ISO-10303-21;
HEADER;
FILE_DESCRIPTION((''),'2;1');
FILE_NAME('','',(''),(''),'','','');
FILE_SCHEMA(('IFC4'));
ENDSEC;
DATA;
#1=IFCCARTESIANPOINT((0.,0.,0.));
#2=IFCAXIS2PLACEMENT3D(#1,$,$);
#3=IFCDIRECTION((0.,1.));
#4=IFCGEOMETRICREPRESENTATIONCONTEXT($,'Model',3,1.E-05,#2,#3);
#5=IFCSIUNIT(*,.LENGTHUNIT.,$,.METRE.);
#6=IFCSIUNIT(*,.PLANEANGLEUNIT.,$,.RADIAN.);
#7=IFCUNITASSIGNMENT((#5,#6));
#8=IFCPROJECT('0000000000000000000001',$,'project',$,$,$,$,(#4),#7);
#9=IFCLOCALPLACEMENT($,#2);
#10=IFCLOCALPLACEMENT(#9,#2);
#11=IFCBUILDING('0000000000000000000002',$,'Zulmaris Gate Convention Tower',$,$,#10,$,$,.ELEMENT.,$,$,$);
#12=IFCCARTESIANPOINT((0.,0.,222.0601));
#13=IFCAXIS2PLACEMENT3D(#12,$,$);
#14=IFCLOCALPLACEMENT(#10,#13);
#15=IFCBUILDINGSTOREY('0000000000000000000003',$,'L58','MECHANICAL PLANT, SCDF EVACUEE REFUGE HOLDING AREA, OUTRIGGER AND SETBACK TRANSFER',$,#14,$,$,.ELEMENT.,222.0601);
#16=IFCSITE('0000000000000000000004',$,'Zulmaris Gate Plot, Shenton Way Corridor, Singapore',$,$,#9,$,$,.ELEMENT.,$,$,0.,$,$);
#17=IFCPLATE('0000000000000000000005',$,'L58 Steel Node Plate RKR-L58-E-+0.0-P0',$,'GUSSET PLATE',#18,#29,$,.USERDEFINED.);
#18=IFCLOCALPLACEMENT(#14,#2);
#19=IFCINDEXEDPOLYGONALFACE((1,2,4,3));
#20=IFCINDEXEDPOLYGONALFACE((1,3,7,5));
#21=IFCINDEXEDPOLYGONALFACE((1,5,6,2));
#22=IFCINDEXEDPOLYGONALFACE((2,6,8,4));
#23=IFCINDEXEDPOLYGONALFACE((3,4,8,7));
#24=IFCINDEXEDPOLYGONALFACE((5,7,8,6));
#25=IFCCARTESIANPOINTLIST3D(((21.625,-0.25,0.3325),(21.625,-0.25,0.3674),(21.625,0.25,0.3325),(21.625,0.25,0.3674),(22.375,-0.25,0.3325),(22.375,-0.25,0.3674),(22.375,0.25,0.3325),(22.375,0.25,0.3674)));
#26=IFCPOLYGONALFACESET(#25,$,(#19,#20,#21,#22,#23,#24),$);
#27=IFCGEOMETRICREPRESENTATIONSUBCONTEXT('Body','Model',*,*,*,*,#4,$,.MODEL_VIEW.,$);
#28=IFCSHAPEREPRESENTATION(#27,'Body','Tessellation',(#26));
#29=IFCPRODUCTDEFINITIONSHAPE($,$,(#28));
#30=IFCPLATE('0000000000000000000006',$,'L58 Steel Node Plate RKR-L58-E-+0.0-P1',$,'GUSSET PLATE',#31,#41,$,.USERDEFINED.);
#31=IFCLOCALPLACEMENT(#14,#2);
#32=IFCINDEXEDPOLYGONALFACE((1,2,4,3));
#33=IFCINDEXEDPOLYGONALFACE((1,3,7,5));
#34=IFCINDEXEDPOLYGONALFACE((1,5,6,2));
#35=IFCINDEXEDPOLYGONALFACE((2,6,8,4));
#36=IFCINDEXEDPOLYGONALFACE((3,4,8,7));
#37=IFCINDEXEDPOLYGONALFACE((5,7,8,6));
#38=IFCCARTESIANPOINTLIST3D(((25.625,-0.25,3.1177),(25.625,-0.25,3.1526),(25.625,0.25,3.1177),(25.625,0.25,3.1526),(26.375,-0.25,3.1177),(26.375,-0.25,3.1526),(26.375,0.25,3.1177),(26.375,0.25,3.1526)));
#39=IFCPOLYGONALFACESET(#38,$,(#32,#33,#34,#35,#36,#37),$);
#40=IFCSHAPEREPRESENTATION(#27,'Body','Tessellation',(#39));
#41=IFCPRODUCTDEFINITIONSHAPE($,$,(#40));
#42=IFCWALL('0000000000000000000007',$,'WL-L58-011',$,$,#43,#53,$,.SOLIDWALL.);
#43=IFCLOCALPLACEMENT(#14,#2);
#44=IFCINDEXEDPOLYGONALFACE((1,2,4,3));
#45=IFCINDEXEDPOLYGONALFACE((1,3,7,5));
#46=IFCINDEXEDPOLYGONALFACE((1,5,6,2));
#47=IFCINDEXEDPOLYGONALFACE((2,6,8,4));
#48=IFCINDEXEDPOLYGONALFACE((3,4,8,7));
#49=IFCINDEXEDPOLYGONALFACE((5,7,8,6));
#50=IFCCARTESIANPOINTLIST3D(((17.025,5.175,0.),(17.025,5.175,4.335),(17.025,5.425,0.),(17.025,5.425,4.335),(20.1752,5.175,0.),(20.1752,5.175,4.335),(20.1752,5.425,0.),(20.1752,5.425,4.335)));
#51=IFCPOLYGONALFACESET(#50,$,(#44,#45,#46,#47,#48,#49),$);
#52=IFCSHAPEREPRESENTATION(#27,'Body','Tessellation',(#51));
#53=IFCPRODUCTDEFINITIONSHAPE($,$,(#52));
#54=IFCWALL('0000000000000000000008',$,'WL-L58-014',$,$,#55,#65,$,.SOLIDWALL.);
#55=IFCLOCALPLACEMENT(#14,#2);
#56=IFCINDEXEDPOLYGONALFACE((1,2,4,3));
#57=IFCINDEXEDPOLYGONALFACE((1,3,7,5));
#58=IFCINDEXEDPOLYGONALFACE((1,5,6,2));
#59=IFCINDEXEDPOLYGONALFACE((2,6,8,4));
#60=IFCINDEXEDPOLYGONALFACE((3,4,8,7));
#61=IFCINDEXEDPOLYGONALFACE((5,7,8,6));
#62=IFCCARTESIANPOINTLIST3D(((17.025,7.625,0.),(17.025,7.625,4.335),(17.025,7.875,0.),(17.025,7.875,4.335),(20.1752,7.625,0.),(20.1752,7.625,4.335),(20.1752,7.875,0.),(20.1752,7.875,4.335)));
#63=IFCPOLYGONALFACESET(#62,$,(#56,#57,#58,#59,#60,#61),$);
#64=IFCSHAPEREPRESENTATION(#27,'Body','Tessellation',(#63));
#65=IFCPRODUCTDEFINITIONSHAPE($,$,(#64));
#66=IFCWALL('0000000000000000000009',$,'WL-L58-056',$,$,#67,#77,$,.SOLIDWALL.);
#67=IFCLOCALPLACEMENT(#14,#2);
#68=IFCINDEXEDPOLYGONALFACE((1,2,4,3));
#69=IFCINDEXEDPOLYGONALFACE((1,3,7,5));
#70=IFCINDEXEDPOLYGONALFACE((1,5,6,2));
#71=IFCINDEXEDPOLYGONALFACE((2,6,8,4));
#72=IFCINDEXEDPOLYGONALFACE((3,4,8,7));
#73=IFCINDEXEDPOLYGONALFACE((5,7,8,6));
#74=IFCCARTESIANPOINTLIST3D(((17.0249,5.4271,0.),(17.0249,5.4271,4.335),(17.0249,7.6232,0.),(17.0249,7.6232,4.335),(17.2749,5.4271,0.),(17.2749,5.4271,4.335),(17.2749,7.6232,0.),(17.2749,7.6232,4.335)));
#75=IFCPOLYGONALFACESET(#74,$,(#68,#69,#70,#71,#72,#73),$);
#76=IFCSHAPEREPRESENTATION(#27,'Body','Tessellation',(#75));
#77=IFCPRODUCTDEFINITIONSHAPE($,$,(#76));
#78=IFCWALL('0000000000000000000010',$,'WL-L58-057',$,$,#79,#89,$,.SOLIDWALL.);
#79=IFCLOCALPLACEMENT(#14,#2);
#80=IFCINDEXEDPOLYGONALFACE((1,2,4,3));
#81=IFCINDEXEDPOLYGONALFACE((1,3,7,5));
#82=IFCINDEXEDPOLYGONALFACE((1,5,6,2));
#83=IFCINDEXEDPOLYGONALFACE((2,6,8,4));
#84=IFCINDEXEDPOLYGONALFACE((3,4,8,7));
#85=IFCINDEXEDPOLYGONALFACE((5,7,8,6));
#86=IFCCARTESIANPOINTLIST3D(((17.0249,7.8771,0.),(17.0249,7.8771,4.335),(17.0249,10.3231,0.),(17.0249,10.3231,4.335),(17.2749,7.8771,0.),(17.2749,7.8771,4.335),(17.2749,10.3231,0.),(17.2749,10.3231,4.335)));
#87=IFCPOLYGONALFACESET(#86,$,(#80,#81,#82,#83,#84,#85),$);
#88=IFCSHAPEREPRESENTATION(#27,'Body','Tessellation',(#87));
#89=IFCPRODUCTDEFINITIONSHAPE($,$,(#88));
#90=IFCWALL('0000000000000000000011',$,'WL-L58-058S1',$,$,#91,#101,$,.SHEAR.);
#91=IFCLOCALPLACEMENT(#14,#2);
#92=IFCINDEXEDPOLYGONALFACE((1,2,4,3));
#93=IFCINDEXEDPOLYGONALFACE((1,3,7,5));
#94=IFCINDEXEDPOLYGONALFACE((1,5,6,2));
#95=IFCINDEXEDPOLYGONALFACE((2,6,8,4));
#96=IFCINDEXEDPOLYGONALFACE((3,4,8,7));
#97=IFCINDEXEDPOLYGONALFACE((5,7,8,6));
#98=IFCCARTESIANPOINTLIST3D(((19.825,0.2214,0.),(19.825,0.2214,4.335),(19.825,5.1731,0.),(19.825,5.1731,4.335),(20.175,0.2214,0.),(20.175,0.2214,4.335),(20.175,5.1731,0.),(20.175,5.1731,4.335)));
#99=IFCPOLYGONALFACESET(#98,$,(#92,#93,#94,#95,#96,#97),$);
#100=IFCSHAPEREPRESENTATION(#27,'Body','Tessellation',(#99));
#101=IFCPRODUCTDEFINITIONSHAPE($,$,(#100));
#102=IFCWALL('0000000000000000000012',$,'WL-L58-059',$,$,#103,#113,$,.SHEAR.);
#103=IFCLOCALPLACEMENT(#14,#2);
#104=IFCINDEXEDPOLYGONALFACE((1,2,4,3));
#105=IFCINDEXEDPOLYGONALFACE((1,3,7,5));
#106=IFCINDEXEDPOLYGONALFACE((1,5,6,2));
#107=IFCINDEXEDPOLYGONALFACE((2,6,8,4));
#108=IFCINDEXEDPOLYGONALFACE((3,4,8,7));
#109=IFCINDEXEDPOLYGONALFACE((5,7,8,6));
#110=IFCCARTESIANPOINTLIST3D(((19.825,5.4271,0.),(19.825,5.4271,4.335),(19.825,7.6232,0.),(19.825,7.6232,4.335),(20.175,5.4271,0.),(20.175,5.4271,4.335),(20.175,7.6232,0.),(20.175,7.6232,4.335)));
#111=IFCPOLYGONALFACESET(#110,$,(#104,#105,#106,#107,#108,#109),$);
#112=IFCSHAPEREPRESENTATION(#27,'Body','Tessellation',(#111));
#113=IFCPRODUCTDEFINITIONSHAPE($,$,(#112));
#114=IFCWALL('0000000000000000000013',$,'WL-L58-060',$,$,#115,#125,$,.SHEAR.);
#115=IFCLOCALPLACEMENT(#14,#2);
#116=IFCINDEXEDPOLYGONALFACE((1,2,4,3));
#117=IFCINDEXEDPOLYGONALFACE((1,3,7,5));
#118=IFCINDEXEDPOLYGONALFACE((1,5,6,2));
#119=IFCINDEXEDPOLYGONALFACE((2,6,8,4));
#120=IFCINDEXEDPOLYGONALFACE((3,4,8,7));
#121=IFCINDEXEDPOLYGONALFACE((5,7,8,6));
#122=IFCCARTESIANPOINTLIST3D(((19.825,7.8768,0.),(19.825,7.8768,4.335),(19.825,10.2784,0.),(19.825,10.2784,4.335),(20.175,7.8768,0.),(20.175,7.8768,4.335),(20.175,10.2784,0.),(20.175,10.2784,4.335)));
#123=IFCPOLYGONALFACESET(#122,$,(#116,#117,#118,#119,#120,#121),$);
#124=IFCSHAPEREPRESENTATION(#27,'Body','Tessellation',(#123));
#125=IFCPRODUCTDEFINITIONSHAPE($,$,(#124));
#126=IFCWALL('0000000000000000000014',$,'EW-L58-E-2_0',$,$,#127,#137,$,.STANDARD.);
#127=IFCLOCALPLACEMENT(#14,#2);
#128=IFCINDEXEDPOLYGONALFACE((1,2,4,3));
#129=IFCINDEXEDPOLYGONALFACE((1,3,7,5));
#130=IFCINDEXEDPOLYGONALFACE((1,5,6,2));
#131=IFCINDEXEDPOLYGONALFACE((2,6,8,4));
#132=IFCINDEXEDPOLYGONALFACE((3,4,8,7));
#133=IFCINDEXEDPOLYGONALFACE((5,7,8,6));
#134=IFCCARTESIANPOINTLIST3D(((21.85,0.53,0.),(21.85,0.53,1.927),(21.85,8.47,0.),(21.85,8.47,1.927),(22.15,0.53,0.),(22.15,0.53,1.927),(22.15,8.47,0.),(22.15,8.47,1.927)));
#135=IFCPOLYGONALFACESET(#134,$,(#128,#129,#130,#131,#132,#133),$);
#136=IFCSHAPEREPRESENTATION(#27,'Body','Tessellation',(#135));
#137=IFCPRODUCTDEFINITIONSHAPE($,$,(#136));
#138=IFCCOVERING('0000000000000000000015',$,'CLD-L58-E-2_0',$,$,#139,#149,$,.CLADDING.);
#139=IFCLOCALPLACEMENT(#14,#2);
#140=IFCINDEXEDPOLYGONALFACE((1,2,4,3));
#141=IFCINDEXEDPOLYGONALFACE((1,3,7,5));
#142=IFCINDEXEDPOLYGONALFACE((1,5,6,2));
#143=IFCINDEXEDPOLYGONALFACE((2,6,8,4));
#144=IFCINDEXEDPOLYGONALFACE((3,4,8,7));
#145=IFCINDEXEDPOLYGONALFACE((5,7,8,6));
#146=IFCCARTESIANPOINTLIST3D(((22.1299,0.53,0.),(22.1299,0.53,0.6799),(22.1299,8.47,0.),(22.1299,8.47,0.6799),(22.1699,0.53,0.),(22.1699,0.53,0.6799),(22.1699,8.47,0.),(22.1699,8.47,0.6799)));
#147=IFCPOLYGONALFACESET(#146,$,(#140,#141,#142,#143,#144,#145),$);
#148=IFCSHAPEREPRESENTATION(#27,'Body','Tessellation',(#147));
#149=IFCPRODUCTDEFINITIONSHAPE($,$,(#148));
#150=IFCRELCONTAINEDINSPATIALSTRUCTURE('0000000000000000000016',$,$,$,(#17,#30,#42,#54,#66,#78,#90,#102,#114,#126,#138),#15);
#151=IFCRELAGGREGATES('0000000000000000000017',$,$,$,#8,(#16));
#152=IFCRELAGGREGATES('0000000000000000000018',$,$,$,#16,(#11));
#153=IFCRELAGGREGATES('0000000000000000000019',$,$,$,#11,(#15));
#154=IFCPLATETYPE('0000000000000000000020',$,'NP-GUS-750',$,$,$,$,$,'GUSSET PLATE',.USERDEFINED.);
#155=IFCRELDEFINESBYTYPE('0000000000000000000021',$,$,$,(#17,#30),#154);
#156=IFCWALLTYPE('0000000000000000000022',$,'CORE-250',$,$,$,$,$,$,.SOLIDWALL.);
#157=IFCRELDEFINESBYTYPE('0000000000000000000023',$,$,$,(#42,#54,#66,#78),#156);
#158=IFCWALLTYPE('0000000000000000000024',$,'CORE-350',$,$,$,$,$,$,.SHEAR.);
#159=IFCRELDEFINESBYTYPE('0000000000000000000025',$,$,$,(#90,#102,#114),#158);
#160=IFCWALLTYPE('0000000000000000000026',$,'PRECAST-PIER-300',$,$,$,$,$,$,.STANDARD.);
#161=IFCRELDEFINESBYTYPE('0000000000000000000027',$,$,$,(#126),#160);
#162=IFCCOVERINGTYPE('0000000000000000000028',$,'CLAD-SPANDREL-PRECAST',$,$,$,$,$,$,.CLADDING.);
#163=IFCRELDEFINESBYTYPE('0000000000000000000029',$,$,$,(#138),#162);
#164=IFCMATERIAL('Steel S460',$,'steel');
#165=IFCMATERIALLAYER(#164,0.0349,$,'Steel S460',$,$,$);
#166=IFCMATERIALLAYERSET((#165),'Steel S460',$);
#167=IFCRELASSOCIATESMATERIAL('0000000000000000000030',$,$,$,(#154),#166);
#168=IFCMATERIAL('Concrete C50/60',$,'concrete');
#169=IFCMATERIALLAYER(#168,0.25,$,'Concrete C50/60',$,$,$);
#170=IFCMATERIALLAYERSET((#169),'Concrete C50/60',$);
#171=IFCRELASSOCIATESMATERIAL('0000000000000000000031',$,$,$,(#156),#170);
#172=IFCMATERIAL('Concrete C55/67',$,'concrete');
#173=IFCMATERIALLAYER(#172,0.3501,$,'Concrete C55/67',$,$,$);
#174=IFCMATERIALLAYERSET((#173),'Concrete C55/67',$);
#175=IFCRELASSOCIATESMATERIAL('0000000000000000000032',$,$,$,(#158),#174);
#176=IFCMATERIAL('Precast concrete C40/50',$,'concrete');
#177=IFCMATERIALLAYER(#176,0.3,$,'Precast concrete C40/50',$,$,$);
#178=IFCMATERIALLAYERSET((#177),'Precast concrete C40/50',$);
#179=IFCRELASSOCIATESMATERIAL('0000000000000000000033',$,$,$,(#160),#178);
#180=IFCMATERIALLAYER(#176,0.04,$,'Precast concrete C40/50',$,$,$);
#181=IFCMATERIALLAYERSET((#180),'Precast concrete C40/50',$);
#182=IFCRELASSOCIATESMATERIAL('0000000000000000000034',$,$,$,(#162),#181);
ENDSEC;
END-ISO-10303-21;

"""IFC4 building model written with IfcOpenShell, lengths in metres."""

from ifc_helpers import new_model, si_unit, direction, frame, frame_2d, origin, origin_2d, place, context, subcontext, project, spatial, rectangle, extrude, material, layer, layer_set, type_object, element, save


model = new_model("IFC4")

# Units and contexts
model_context = context("Model", 3, precision=1e-05, world=origin(), true_north=direction((0.0, 1.0)))
body_context = subcontext(model_context, "Body", "Model", "MODEL_VIEW")
ifc_project = project(units=[si_unit("LENGTHUNIT", "METRE"), si_unit("PLANEANGLEUNIT", "RADIAN")], contexts=[model_context])

# Site, building, storey
site_placement = place(None, origin())
site = spatial("IfcSite", under=ifc_project, at=site_placement, Name="Zulmaris Gate Plot, Shenton Way Corridor, Singapore", CompositionType="ELEMENT", RefElevation=0.0)
building_placement = place(site_placement, origin())
building = spatial("IfcBuilding", under=site, at=building_placement, Name="Zulmaris Gate Convention Tower", CompositionType="ELEMENT")
storey_placement = place(building_placement, frame((0.0, 0.0, 222.0601)))
storey = spatial("IfcBuildingStorey", under=building, at=storey_placement, Name="L58", Description="MECHANICAL PLANT, SCDF EVACUEE REFUGE HOLDING AREA, OUTRIGGER AND SETBACK TRANSFER", CompositionType="ELEMENT", Elevation=222.0601)

# Shared definitions
ifc_material_1 = material(Name="Steel S460", Category="steel")

# Plates
ifc_layer_1 = layer(ifc_material_1, 0.0349, Name="Steel S460")
ifc_layer_set_1 = layer_set([ifc_layer_1], Name="Steel S460")
plate_type_1 = type_object("IfcPlateType", Name="NP-GUS-750", ElementType="GUSSET PLATE", PredefinedType="USERDEFINED", material=ifc_layer_set_1)
for number, where, z_axis, x_axis, name in (
    (1, (22.0, 0.0, 0.3325), (0.0, 0.0, 1.0), (1.0, 0.0, 0.0), "L58 Steel Node Plate RKR-L58-E-+0.0-P0"),
    (2, (26.0, 0.0, 3.1177), (0.0, 0.0, 1.0), (1.0, 0.0, 0.0), "L58 Steel Node Plate RKR-L58-E-+0.0-P1"),
):
    element("IfcPlate", number, at=place(storey_placement, frame(where, z_axis=z_axis, x_axis=x_axis)), inside=storey, type_object=plate_type_1, Name=name, ObjectType="GUSSET PLATE", PredefinedType="USERDEFINED", context=body_context, shape_type="SweptSolid", body=[
        extrude(rectangle(XDim=0.75, YDim=0.5, at=origin_2d()), origin(), (0.0, 0.0, 1.0), 0.0349),
    ])

# Walls
ifc_material_2 = material(Name="Concrete C50/60", Category="concrete")
ifc_layer_2 = layer(ifc_material_2, 0.25, Name="Concrete C50/60")
ifc_layer_set_2 = layer_set([ifc_layer_2], Name="Concrete C50/60")
wall_type_1 = type_object("IfcWallType", Name="CORE-250", PredefinedType="SOLIDWALL", material=ifc_layer_set_2)
for number, where, z_axis, x_axis, name in (
    (3, (17.0249, 5.3, 0.0), (0.0, 0.0, 1.0), (1.0, 0.0, 0.0), "WL-L58-011"),
    (4, (17.0249, 7.75, 0.0), (0.0, 0.0, 1.0), (1.0, 0.0, 0.0), "WL-L58-014"),
):
    element("IfcWall", number, at=place(storey_placement, frame(where, z_axis=z_axis, x_axis=x_axis)), inside=storey, type_object=wall_type_1, Name=name, PredefinedType="SOLIDWALL", context=body_context, shape_type="SweptSolid", body=[
        extrude(rectangle(XDim=3.1501, YDim=0.25, at=frame_2d((1.5752, 0.0))), origin(), (0.0, 0.0, 1.0), 4.335),
    ])
wall_1_placement = place(storey_placement, frame((17.1499, 5.427, 0.0), z_axis=(0.0, 0.0, 1.0), x_axis=(0.0, 1.0, 0.0)))
element("IfcWall", 5, at=wall_1_placement, inside=storey, type_object=wall_type_1, Name="WL-L58-056", PredefinedType="SOLIDWALL", context=body_context, shape_type="SweptSolid", body=[
    extrude(rectangle(XDim=2.196, YDim=0.25, at=frame_2d((1.0981, 0.0))), origin(), (0.0, 0.0, 1.0), 4.335),
])
wall_2_placement = place(storey_placement, frame((17.1499, 7.877, 0.0), z_axis=(0.0, 0.0, 1.0), x_axis=(0.0, 1.0, 0.0)))
element("IfcWall", 6, at=wall_2_placement, inside=storey, type_object=wall_type_1, Name="WL-L58-057", PredefinedType="SOLIDWALL", context=body_context, shape_type="SweptSolid", body=[
    extrude(rectangle(XDim=2.446, YDim=0.25, at=frame_2d((1.2231, 0.0))), origin(), (0.0, 0.0, 1.0), 4.335),
])
ifc_material_3 = material(Name="Concrete C55/67", Category="concrete")
ifc_layer_3 = layer(ifc_material_3, 0.3501, Name="Concrete C55/67")
ifc_layer_set_3 = layer_set([ifc_layer_3], Name="Concrete C55/67")
wall_type_2 = type_object("IfcWallType", Name="CORE-350", PredefinedType="SHEAR", material=ifc_layer_set_3)
wall_3_placement = place(storey_placement, frame((20.0, 0.2214, 0.0), z_axis=(0.0, 0.0, 1.0), x_axis=(0.0, 1.0, 0.0)))
element("IfcWall", 7, at=wall_3_placement, inside=storey, type_object=wall_type_2, Name="WL-L58-058S1", PredefinedType="SHEAR", context=body_context, shape_type="SweptSolid", body=[
    extrude(rectangle(XDim=4.9517, YDim=0.3501, at=frame_2d((2.4758, 0.0))), origin(), (0.0, 0.0, 1.0), 4.335),
])
wall_4_placement = place(storey_placement, frame((20.0, 5.427, 0.0), z_axis=(0.0, 0.0, 1.0), x_axis=(0.0, 1.0, 0.0)))
element("IfcWall", 8, at=wall_4_placement, inside=storey, type_object=wall_type_2, Name="WL-L58-059", PredefinedType="SHEAR", context=body_context, shape_type="SweptSolid", body=[
    extrude(rectangle(XDim=2.196, YDim=0.3501, at=frame_2d((1.0981, 0.0))), origin(), (0.0, 0.0, 1.0), 4.335),
])
wall_5_placement = place(storey_placement, frame((20.0, 7.877, 0.0), z_axis=(0.0, 0.0, 1.0), x_axis=(0.0, 1.0, 0.0)))
element("IfcWall", 9, at=wall_5_placement, inside=storey, type_object=wall_type_2, Name="WL-L58-060", PredefinedType="SHEAR", context=body_context, shape_type="SweptSolid", body=[
    extrude(rectangle(XDim=2.4016, YDim=0.3501, at=frame_2d((1.2007, 0.0))), origin(), (0.0, 0.0, 1.0), 4.335),
])
ifc_material_4 = material(Name="Precast concrete C40/50", Category="concrete")
ifc_layer_4 = layer(ifc_material_4, 0.3, Name="Precast concrete C40/50")
ifc_layer_set_4 = layer_set([ifc_layer_4], Name="Precast concrete C40/50")
wall_type_3 = type_object("IfcWallType", Name="PRECAST-PIER-300", PredefinedType="STANDARD", material=ifc_layer_set_4)
wall_6_placement = place(storey_placement, frame((22.0, 0.53, 0.0), z_axis=(0.0, 0.0, 1.0), x_axis=(0.0, 1.0, 0.0)))
element("IfcWall", 10, at=wall_6_placement, inside=storey, type_object=wall_type_3, Name="EW-L58-E-2_0", PredefinedType="STANDARD", context=body_context, shape_type="SweptSolid", body=[
    extrude(rectangle(XDim=7.9399, YDim=0.3, at=frame_2d((3.97, 0.0))), origin(), (0.0, 0.0, 1.0), 1.927),
])

# Covering
ifc_layer_5 = layer(ifc_material_4, 0.04, Name="Precast concrete C40/50")
ifc_layer_set_5 = layer_set([ifc_layer_5], Name="Precast concrete C40/50")
covering_type = type_object("IfcCoveringType", Name="CLAD-SPANDREL-PRECAST", PredefinedType="CLADDING", material=ifc_layer_set_5)
covering_placement = place(storey_placement, frame((22.1499, 0.53, 0.0), z_axis=(0.0, 0.0, 1.0), x_axis=(0.0, 1.0, 0.0)))
element("IfcCovering", 11, at=covering_placement, inside=storey, type_object=covering_type, Name="CLD-L58-E-2_0", PredefinedType="CLADDING", context=body_context, shape_type="SweptSolid", body=[
    extrude(rectangle(XDim=7.9399, YDim=0.04, at=frame_2d((3.97, 0.0))), origin(), (0.0, 0.0, 1.0), 0.6799),
])

save(model, "model.ifc")
